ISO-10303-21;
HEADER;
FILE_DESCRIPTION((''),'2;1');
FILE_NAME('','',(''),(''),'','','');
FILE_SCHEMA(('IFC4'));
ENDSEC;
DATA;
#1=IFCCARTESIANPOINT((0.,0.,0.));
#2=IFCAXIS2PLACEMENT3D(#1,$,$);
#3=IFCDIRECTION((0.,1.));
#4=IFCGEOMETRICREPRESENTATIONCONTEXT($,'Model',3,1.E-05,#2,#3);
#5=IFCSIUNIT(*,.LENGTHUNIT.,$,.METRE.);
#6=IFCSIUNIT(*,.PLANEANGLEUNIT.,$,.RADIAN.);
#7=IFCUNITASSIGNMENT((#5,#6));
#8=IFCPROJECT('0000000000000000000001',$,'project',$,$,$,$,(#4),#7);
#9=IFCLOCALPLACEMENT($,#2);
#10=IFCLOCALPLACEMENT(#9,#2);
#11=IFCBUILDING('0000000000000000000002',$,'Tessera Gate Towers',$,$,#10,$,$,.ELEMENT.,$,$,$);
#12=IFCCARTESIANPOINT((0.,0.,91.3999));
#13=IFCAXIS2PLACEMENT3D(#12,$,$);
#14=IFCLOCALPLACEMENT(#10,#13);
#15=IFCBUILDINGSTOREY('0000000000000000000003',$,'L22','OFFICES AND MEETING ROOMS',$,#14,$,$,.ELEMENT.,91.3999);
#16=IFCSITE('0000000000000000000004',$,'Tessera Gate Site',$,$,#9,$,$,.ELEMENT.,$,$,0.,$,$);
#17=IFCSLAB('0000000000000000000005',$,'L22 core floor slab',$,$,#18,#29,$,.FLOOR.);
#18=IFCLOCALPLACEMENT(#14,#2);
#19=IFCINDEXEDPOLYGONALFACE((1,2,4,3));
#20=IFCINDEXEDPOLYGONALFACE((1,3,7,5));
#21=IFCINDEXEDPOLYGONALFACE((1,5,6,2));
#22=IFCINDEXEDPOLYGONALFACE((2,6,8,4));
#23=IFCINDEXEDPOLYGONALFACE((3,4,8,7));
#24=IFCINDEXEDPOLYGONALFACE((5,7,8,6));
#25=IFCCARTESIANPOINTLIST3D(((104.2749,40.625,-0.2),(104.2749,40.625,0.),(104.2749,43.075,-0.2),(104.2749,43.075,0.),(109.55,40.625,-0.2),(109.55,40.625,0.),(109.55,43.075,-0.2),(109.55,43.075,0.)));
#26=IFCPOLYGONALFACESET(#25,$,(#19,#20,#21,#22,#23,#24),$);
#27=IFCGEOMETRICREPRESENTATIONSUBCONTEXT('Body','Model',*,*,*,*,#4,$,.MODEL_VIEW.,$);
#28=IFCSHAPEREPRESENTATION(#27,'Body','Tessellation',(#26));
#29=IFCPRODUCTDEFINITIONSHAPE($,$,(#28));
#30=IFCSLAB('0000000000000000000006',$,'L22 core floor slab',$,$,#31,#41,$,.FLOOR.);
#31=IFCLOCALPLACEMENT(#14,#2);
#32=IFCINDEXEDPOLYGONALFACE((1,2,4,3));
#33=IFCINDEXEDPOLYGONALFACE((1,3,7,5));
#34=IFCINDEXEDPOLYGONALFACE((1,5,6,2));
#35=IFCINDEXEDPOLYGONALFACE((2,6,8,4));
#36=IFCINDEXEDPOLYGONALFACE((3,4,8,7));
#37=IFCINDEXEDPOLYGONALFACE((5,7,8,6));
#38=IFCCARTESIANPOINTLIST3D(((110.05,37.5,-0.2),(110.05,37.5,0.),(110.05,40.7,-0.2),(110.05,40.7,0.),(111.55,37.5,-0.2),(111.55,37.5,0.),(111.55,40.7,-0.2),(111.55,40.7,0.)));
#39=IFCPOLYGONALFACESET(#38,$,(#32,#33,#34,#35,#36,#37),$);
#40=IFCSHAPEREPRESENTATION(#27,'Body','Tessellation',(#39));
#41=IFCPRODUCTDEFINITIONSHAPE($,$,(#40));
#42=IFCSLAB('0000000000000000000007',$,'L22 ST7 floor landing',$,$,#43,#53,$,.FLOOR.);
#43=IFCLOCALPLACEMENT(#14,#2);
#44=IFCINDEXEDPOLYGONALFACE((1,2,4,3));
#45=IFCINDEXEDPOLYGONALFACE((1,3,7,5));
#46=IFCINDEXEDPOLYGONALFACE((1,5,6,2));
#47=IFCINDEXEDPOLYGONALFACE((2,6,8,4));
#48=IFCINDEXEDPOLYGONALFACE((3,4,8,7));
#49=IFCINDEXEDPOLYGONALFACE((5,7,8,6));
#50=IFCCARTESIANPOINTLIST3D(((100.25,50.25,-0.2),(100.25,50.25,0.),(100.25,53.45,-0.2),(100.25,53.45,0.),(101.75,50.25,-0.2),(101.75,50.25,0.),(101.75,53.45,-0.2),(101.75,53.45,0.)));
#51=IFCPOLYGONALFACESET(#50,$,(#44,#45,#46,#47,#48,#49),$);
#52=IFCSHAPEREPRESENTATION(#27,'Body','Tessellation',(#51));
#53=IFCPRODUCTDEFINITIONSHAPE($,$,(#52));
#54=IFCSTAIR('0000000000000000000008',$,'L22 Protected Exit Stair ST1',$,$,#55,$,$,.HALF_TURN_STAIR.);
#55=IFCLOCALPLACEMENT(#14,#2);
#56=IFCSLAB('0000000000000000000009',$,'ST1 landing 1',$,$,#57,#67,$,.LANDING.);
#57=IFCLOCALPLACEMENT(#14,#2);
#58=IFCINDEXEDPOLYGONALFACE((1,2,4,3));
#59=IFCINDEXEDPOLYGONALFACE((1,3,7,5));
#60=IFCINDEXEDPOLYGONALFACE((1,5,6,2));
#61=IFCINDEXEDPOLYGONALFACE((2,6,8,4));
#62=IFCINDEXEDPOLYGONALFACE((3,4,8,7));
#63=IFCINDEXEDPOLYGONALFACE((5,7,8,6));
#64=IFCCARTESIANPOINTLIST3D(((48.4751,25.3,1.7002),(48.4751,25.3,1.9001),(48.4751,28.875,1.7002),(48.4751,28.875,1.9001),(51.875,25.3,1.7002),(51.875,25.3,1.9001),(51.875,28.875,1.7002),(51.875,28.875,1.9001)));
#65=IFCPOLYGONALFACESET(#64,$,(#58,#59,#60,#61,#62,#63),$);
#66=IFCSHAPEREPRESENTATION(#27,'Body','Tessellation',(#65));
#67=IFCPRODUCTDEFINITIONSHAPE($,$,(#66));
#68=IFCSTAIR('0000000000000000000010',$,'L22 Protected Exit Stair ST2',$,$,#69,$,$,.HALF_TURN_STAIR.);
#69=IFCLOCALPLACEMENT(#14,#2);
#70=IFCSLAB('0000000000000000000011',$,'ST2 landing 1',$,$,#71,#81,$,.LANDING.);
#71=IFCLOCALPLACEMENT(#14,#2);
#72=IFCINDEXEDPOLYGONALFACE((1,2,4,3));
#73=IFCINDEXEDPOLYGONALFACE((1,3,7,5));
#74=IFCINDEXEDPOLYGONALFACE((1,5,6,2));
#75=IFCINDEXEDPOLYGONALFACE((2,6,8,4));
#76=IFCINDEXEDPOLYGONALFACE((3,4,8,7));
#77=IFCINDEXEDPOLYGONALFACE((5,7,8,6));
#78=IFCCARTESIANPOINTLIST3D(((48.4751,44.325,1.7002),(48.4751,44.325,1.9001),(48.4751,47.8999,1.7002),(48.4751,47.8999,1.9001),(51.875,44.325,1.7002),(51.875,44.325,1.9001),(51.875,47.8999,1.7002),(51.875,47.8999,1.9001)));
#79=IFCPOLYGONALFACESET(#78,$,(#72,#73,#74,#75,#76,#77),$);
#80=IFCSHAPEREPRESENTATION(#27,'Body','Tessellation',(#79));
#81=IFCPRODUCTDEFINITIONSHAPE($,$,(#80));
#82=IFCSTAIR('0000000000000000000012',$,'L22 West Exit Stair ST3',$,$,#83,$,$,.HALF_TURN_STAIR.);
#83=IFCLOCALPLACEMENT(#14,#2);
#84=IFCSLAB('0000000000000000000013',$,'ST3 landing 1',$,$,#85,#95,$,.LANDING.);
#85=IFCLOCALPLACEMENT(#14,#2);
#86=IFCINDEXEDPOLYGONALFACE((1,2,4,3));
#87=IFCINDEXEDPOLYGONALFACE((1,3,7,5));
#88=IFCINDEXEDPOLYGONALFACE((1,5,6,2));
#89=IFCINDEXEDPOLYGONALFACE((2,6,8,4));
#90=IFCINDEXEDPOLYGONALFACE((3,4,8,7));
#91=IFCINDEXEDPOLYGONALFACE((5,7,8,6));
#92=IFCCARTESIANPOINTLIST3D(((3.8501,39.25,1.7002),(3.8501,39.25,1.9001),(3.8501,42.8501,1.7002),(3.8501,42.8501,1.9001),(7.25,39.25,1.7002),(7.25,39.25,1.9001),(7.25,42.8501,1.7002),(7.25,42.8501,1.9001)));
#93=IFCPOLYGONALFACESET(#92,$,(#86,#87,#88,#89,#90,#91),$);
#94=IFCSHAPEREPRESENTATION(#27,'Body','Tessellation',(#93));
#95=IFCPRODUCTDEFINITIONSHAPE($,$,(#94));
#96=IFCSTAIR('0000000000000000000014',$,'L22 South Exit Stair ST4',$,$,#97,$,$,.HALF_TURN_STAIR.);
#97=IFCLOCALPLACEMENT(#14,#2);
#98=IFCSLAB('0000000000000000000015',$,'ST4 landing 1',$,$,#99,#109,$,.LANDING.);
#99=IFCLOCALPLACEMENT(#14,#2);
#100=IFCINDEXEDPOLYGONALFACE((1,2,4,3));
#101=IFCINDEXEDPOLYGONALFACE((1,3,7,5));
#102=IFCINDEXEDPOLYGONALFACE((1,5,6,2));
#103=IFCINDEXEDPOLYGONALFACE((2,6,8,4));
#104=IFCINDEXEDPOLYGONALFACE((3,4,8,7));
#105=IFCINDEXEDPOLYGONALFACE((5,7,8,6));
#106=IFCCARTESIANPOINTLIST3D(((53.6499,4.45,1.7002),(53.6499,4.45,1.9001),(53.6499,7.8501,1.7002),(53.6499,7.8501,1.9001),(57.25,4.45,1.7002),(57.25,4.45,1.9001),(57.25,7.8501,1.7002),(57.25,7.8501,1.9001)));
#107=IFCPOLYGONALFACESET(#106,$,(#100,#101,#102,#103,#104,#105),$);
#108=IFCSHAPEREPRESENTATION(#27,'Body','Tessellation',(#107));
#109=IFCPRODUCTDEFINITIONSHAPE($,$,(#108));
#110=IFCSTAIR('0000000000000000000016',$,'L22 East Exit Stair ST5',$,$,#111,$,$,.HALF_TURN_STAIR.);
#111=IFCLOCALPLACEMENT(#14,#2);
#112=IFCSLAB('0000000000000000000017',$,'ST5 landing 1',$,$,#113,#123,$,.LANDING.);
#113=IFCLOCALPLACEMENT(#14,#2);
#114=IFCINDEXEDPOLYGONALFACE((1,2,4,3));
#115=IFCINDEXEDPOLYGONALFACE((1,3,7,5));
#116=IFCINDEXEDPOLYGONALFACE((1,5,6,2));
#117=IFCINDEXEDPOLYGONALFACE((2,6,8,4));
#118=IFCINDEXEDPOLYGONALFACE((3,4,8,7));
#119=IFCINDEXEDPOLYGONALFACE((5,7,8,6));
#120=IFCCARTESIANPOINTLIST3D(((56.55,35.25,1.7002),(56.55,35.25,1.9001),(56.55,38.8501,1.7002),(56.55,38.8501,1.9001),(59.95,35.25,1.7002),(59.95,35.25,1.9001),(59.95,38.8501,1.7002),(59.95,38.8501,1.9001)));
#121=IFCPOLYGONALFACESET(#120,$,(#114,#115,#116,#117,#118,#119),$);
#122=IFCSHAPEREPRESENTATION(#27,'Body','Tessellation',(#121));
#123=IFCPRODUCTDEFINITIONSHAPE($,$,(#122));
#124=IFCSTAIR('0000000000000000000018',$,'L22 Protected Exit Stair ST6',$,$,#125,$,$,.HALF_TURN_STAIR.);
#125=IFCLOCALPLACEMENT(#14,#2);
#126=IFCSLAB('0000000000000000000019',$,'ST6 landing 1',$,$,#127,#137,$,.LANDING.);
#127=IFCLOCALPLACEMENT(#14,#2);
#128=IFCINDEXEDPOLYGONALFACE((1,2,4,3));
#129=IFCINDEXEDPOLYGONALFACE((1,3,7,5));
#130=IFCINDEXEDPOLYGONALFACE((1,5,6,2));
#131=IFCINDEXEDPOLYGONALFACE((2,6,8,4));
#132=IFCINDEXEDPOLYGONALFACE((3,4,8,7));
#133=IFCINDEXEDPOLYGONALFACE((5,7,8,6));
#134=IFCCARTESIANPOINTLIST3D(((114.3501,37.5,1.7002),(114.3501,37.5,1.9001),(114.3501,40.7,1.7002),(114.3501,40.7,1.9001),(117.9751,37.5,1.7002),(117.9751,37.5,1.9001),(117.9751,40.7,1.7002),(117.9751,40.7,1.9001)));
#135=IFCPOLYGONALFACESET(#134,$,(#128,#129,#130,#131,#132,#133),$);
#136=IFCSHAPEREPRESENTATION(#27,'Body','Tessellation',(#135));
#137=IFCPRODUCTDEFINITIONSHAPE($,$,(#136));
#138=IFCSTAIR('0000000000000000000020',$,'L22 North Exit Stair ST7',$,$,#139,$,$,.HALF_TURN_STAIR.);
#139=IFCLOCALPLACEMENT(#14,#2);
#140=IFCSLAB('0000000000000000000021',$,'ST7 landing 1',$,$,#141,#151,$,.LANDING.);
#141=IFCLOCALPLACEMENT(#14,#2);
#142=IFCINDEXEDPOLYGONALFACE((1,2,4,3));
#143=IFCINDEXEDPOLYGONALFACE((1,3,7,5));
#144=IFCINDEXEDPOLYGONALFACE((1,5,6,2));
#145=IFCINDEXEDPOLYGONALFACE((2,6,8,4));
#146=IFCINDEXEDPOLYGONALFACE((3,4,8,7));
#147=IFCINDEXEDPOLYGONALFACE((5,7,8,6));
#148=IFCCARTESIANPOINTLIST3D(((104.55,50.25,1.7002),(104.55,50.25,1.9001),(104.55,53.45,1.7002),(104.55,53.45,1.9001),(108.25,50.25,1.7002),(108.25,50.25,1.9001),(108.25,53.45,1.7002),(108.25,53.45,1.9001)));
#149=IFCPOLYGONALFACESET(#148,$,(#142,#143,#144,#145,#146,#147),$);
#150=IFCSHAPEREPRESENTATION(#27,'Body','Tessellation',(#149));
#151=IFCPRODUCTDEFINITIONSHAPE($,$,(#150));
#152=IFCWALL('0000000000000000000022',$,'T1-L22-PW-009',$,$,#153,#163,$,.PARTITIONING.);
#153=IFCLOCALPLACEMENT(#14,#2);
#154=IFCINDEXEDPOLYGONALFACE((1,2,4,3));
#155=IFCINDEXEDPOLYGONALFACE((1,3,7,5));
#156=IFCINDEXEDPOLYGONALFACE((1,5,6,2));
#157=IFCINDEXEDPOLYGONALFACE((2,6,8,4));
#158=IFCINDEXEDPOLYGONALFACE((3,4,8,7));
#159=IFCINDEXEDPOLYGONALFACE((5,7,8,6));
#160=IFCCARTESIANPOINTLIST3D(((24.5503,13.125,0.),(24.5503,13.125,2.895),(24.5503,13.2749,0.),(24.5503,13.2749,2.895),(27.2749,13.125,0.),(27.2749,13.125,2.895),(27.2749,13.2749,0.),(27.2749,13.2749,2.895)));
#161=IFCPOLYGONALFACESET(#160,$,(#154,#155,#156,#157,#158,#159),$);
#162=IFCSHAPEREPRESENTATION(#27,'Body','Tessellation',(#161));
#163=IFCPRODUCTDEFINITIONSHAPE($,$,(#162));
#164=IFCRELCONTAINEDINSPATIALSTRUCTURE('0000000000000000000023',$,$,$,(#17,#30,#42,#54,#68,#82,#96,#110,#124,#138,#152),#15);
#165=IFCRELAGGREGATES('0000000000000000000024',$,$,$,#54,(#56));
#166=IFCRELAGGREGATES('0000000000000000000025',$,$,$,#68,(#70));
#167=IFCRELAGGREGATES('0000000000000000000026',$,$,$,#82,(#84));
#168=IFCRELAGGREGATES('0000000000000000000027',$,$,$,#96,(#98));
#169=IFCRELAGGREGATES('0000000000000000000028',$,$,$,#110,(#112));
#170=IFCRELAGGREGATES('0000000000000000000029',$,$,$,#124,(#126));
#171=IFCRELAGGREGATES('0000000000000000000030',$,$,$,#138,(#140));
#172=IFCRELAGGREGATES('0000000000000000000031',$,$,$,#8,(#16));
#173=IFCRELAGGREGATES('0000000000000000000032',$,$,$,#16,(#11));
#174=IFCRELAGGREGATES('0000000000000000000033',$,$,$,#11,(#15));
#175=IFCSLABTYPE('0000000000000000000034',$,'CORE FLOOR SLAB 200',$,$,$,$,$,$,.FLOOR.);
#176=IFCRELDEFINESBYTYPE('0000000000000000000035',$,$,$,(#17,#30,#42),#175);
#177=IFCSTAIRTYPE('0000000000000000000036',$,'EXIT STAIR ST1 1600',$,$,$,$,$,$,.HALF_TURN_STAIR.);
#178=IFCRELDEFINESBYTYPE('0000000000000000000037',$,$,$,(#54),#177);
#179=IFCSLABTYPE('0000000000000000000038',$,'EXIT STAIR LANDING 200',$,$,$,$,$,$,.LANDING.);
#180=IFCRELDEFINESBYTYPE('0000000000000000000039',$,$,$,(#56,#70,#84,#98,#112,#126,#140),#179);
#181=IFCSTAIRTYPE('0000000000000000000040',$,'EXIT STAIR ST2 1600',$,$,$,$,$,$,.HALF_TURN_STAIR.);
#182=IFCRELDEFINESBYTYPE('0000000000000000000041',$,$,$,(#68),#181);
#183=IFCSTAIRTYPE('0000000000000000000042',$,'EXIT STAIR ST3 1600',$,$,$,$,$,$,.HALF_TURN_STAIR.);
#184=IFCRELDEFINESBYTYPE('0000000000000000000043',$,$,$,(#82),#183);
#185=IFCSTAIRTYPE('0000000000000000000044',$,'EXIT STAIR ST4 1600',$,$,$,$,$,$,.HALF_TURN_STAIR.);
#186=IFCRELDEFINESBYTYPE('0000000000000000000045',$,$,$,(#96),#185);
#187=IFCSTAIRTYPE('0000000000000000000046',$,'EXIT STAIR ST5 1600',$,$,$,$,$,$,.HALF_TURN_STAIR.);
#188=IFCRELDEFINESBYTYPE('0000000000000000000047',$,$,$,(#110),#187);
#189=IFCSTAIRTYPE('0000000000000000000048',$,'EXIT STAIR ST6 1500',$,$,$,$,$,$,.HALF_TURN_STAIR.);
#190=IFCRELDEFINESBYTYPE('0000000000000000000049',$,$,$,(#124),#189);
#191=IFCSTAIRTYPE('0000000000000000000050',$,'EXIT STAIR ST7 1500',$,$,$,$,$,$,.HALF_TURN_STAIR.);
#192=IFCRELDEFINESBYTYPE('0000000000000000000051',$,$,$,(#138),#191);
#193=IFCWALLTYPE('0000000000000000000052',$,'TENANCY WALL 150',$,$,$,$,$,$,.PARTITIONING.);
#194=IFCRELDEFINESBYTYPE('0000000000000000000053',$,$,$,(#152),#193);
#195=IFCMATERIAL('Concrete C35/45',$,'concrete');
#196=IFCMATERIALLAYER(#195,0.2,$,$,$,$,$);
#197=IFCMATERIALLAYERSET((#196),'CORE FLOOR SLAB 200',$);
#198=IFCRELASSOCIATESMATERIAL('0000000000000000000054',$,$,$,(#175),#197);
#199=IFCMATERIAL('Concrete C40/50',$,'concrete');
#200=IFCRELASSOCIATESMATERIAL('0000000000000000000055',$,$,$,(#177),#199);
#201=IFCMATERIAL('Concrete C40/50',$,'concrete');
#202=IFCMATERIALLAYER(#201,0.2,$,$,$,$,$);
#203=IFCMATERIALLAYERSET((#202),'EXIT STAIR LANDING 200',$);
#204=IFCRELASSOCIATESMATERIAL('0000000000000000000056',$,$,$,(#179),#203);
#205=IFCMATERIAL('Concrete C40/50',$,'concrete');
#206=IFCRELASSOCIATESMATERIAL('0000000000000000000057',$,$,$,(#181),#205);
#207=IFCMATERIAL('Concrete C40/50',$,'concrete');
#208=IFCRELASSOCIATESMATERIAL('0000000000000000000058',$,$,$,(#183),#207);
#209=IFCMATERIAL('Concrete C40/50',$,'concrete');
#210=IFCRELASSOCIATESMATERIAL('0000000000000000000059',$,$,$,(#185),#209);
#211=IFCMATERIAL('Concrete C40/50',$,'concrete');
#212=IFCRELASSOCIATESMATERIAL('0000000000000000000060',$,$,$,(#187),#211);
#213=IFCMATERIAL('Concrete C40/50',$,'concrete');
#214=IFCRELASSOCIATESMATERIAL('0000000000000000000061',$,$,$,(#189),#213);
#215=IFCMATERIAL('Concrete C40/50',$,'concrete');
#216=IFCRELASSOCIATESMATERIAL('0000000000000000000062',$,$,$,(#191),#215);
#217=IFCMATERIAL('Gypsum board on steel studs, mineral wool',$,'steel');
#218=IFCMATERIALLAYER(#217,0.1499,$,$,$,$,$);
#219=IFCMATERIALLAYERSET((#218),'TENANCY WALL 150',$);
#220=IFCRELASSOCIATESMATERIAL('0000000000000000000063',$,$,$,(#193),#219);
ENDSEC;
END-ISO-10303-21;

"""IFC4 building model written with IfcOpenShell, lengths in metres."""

from ifc_helpers import new_model, si_unit, direction, frame, frame_2d, origin, place, context, subcontext, project, spatial, polyline, rectangle, outline, extrude, material, layer, layer_set, type_object, element, aggregate, save


model = new_model("IFC4")

# Units and contexts
model_context = context("Model", 3, precision=1e-05, world=origin(), true_north=direction((0.0, 1.0)))
body_context = subcontext(model_context, "Body", "Model", "MODEL_VIEW")
ifc_project = project(units=[si_unit("LENGTHUNIT", "METRE"), si_unit("PLANEANGLEUNIT", "RADIAN")], contexts=[model_context])

# Site, building, storey
site_placement = place(None, origin())
site = spatial("IfcSite", under=ifc_project, at=site_placement, Name="Tessera Gate Site", CompositionType="ELEMENT", RefElevation=0.0)
building_placement = place(site_placement, origin())
building = spatial("IfcBuilding", under=site, at=building_placement, Name="Tessera Gate Towers", CompositionType="ELEMENT")
storey_placement = place(building_placement, frame((0.0, 0.0, 91.3999)))
storey = spatial("IfcBuildingStorey", under=building, at=storey_placement, Name="L22", Description="OFFICES AND MEETING ROOMS", CompositionType="ELEMENT", Elevation=91.3999)

# Slabs
ifc_material_1 = material(Name="Concrete C35/45", Category="concrete")
ifc_layer_1 = layer(ifc_material_1, 0.2)
ifc_layer_set_1 = layer_set([ifc_layer_1], Name="CORE FLOOR SLAB 200")
slab_type_1 = type_object("IfcSlabType", Name="CORE FLOOR SLAB 200", PredefinedType="FLOOR", material=ifc_layer_set_1)
slab_1_placement = place(storey_placement, frame((0.0, 0.0, -0.2)))
element("IfcSlab", 1, at=slab_1_placement, inside=storey, type_object=slab_type_1, Name="L22 core floor slab", PredefinedType="FLOOR", context=body_context, shape_type="SweptSolid", body=[
    extrude(outline(polyline([(109.55, 43.075), (104.2749, 43.075), (104.2749, 40.625), (109.55, 40.625), (109.55, 43.075)])), origin(), (0.0, 0.0, 1.0), 0.2),
])
slab_2_placement = place(storey_placement, frame((0.0, 0.0, -0.2)))
element("IfcSlab", 2, at=slab_2_placement, inside=storey, type_object=slab_type_1, Name="L22 core floor slab", PredefinedType="FLOOR", context=body_context, shape_type="SweptSolid", body=[
    extrude(outline(polyline([(111.55, 37.5), (111.55, 40.7), (110.05, 40.7), (110.05, 37.5), (111.55, 37.5)])), origin(), (0.0, 0.0, 1.0), 0.2),
])
slab_3_placement = place(storey_placement, frame((0.0, 0.0, -0.2)))
element("IfcSlab", 3, at=slab_3_placement, inside=storey, type_object=slab_type_1, Name="L22 ST7 floor landing", PredefinedType="FLOOR", context=body_context, shape_type="SweptSolid", body=[
    extrude(outline(polyline([(100.25, 50.25), (101.75, 50.25), (101.75, 53.45), (100.25, 53.45), (100.25, 50.25)])), origin(), (0.0, 0.0, 1.0), 0.2),
])

# Stairs, slabs
ifc_material_2 = material(Name="Concrete C40/50", Category="concrete")
stair_type_1 = type_object("IfcStairType", Name="EXIT STAIR ST1 1600", PredefinedType="HALF_TURN_STAIR", material=ifc_material_2)
stair_1_placement = place(storey_placement, origin())
stair_1 = element("IfcStair", 4, at=stair_1_placement, inside=storey, type_object=stair_type_1, Name="L22 Protected Exit Stair ST1", PredefinedType="HALF_TURN_STAIR")
ifc_material_3 = material(Name="Concrete C40/50", Category="concrete")
ifc_layer_2 = layer(ifc_material_3, 0.2)
ifc_layer_set_2 = layer_set([ifc_layer_2], Name="EXIT STAIR LANDING 200")
slab_type_2 = type_object("IfcSlabType", Name="EXIT STAIR LANDING 200", PredefinedType="LANDING", material=ifc_layer_set_2)
slab_4_placement = place(storey_placement, frame((0.0, 0.0, 1.7002)))
slab_4 = element("IfcSlab", 5, at=slab_4_placement, type_object=slab_type_2, Name="ST1 landing 1", PredefinedType="LANDING", context=body_context, shape_type="SweptSolid", body=[
    extrude(outline(polyline([(48.4751, 28.875), (48.4751, 25.3), (51.875, 25.3), (51.875, 28.875), (48.4751, 28.875)])), origin(), (0.0, 0.0, 1.0), 0.2),
])
aggregate(stair_1, [slab_4])
ifc_material_4 = material(Name="Concrete C40/50", Category="concrete")
stair_type_2 = type_object("IfcStairType", Name="EXIT STAIR ST2 1600", PredefinedType="HALF_TURN_STAIR", material=ifc_material_4)
stair_2_placement = place(storey_placement, origin())
stair_2 = element("IfcStair", 6, at=stair_2_placement, inside=storey, type_object=stair_type_2, Name="L22 Protected Exit Stair ST2", PredefinedType="HALF_TURN_STAIR")
slab_5_placement = place(storey_placement, frame((0.0, 0.0, 1.7002)))
slab_5 = element("IfcSlab", 7, at=slab_5_placement, type_object=slab_type_2, Name="ST2 landing 1", PredefinedType="LANDING", context=body_context, shape_type="SweptSolid", body=[
    extrude(outline(polyline([(51.875, 44.325), (51.875, 47.8999), (48.4751, 47.8999), (48.4751, 44.325), (51.875, 44.325)])), origin(), (0.0, 0.0, 1.0), 0.2),
])
aggregate(stair_2, [slab_5])
ifc_material_5 = material(Name="Concrete C40/50", Category="concrete")
stair_type_3 = type_object("IfcStairType", Name="EXIT STAIR ST3 1600", PredefinedType="HALF_TURN_STAIR", material=ifc_material_5)
stair_3_placement = place(storey_placement, origin())
stair_3 = element("IfcStair", 8, at=stair_3_placement, inside=storey, type_object=stair_type_3, Name="L22 West Exit Stair ST3", PredefinedType="HALF_TURN_STAIR")
slab_6_placement = place(storey_placement, frame((0.0, 0.0, 1.7002)))
slab_6 = element("IfcSlab", 9, at=slab_6_placement, type_object=slab_type_2, Name="ST3 landing 1", PredefinedType="LANDING", context=body_context, shape_type="SweptSolid", body=[
    extrude(outline(polyline([(3.8501, 42.8501), (3.8501, 39.25), (7.25, 39.25), (7.25, 42.8501), (3.8501, 42.8501)])), origin(), (0.0, 0.0, 1.0), 0.2),
])
aggregate(stair_3, [slab_6])
ifc_material_6 = material(Name="Concrete C40/50", Category="concrete")
stair_type_4 = type_object("IfcStairType", Name="EXIT STAIR ST4 1600", PredefinedType="HALF_TURN_STAIR", material=ifc_material_6)
stair_4_placement = place(storey_placement, origin())
stair_4 = element("IfcStair", 10, at=stair_4_placement, inside=storey, type_object=stair_type_4, Name="L22 South Exit Stair ST4", PredefinedType="HALF_TURN_STAIR")
slab_7_placement = place(storey_placement, frame((0.0, 0.0, 1.7002)))
slab_7 = element("IfcSlab", 11, at=slab_7_placement, type_object=slab_type_2, Name="ST4 landing 1", PredefinedType="LANDING", context=body_context, shape_type="SweptSolid", body=[
    extrude(outline(polyline([(53.6499, 4.45), (57.25, 4.45), (57.25, 7.8501), (53.6499, 7.8501), (53.6499, 4.45)])), origin(), (0.0, 0.0, 1.0), 0.2),
])
aggregate(stair_4, [slab_7])
ifc_material_7 = material(Name="Concrete C40/50", Category="concrete")
stair_type_5 = type_object("IfcStairType", Name="EXIT STAIR ST5 1600", PredefinedType="HALF_TURN_STAIR", material=ifc_material_7)
stair_5_placement = place(storey_placement, origin())
stair_5 = element("IfcStair", 12, at=stair_5_placement, inside=storey, type_object=stair_type_5, Name="L22 East Exit Stair ST5", PredefinedType="HALF_TURN_STAIR")
slab_8_placement = place(storey_placement, frame((0.0, 0.0, 1.7002)))
slab_8 = element("IfcSlab", 13, at=slab_8_placement, type_object=slab_type_2, Name="ST5 landing 1", PredefinedType="LANDING", context=body_context, shape_type="SweptSolid", body=[
    extrude(outline(polyline([(59.95, 35.25), (59.95, 38.8501), (56.55, 38.8501), (56.55, 35.25), (59.95, 35.25)])), origin(), (0.0, 0.0, 1.0), 0.2),
])
aggregate(stair_5, [slab_8])
ifc_material_8 = material(Name="Concrete C40/50", Category="concrete")
stair_type_6 = type_object("IfcStairType", Name="EXIT STAIR ST6 1500", PredefinedType="HALF_TURN_STAIR", material=ifc_material_8)
stair_6_placement = place(storey_placement, origin())
stair_6 = element("IfcStair", 14, at=stair_6_placement, inside=storey, type_object=stair_type_6, Name="L22 Protected Exit Stair ST6", PredefinedType="HALF_TURN_STAIR")
slab_9_placement = place(storey_placement, frame((0.0, 0.0, 1.7002)))
slab_9 = element("IfcSlab", 15, at=slab_9_placement, type_object=slab_type_2, Name="ST6 landing 1", PredefinedType="LANDING", context=body_context, shape_type="SweptSolid", body=[
    extrude(outline(polyline([(114.3501, 37.5), (117.9751, 37.5), (117.9751, 40.7), (114.3501, 40.7), (114.3501, 37.5)])), origin(), (0.0, 0.0, 1.0), 0.2),
])
aggregate(stair_6, [slab_9])
ifc_material_9 = material(Name="Concrete C40/50", Category="concrete")
stair_type_7 = type_object("IfcStairType", Name="EXIT STAIR ST7 1500", PredefinedType="HALF_TURN_STAIR", material=ifc_material_9)
stair_7_placement = place(storey_placement, origin())
stair_7 = element("IfcStair", 16, at=stair_7_placement, inside=storey, type_object=stair_type_7, Name="L22 North Exit Stair ST7", PredefinedType="HALF_TURN_STAIR")
slab_10_placement = place(storey_placement, frame((0.0, 0.0, 1.7002)))
slab_10 = element("IfcSlab", 17, at=slab_10_placement, type_object=slab_type_2, Name="ST7 landing 1", PredefinedType="LANDING", context=body_context, shape_type="SweptSolid", body=[
    extrude(outline(polyline([(104.55, 50.25), (108.25, 50.25), (108.25, 53.45), (104.55, 53.45), (104.55, 50.25)])), origin(), (0.0, 0.0, 1.0), 0.2),
])
aggregate(stair_7, [slab_10])

# Wall
ifc_material_10 = material(Name="Gypsum board on steel studs, mineral wool", Category="steel")
ifc_layer_3 = layer(ifc_material_10, 0.1499)
ifc_layer_set_3 = layer_set([ifc_layer_3], Name="TENANCY WALL 150")
wall_type = type_object("IfcWallType", Name="TENANCY WALL 150", PredefinedType="PARTITIONING", material=ifc_layer_set_3)
wall_placement = place(storey_placement, frame((24.5503, 13.2, 0.0), z_axis=(0.0, 0.0, 1.0), x_axis=(1.0, 0.0, 0.0)))
element("IfcWall", 18, at=wall_placement, inside=storey, type_object=wall_type, Name="T1-L22-PW-009", PredefinedType="PARTITIONING", context=body_context, shape_type="SweptSolid", body=[
    extrude(rectangle(XDim=2.7246, YDim=0.1499, at=frame_2d((1.3623, 0.0))), origin(), (0.0, 0.0, 1.0), 2.895),
])

save(model, "model.ifc")
